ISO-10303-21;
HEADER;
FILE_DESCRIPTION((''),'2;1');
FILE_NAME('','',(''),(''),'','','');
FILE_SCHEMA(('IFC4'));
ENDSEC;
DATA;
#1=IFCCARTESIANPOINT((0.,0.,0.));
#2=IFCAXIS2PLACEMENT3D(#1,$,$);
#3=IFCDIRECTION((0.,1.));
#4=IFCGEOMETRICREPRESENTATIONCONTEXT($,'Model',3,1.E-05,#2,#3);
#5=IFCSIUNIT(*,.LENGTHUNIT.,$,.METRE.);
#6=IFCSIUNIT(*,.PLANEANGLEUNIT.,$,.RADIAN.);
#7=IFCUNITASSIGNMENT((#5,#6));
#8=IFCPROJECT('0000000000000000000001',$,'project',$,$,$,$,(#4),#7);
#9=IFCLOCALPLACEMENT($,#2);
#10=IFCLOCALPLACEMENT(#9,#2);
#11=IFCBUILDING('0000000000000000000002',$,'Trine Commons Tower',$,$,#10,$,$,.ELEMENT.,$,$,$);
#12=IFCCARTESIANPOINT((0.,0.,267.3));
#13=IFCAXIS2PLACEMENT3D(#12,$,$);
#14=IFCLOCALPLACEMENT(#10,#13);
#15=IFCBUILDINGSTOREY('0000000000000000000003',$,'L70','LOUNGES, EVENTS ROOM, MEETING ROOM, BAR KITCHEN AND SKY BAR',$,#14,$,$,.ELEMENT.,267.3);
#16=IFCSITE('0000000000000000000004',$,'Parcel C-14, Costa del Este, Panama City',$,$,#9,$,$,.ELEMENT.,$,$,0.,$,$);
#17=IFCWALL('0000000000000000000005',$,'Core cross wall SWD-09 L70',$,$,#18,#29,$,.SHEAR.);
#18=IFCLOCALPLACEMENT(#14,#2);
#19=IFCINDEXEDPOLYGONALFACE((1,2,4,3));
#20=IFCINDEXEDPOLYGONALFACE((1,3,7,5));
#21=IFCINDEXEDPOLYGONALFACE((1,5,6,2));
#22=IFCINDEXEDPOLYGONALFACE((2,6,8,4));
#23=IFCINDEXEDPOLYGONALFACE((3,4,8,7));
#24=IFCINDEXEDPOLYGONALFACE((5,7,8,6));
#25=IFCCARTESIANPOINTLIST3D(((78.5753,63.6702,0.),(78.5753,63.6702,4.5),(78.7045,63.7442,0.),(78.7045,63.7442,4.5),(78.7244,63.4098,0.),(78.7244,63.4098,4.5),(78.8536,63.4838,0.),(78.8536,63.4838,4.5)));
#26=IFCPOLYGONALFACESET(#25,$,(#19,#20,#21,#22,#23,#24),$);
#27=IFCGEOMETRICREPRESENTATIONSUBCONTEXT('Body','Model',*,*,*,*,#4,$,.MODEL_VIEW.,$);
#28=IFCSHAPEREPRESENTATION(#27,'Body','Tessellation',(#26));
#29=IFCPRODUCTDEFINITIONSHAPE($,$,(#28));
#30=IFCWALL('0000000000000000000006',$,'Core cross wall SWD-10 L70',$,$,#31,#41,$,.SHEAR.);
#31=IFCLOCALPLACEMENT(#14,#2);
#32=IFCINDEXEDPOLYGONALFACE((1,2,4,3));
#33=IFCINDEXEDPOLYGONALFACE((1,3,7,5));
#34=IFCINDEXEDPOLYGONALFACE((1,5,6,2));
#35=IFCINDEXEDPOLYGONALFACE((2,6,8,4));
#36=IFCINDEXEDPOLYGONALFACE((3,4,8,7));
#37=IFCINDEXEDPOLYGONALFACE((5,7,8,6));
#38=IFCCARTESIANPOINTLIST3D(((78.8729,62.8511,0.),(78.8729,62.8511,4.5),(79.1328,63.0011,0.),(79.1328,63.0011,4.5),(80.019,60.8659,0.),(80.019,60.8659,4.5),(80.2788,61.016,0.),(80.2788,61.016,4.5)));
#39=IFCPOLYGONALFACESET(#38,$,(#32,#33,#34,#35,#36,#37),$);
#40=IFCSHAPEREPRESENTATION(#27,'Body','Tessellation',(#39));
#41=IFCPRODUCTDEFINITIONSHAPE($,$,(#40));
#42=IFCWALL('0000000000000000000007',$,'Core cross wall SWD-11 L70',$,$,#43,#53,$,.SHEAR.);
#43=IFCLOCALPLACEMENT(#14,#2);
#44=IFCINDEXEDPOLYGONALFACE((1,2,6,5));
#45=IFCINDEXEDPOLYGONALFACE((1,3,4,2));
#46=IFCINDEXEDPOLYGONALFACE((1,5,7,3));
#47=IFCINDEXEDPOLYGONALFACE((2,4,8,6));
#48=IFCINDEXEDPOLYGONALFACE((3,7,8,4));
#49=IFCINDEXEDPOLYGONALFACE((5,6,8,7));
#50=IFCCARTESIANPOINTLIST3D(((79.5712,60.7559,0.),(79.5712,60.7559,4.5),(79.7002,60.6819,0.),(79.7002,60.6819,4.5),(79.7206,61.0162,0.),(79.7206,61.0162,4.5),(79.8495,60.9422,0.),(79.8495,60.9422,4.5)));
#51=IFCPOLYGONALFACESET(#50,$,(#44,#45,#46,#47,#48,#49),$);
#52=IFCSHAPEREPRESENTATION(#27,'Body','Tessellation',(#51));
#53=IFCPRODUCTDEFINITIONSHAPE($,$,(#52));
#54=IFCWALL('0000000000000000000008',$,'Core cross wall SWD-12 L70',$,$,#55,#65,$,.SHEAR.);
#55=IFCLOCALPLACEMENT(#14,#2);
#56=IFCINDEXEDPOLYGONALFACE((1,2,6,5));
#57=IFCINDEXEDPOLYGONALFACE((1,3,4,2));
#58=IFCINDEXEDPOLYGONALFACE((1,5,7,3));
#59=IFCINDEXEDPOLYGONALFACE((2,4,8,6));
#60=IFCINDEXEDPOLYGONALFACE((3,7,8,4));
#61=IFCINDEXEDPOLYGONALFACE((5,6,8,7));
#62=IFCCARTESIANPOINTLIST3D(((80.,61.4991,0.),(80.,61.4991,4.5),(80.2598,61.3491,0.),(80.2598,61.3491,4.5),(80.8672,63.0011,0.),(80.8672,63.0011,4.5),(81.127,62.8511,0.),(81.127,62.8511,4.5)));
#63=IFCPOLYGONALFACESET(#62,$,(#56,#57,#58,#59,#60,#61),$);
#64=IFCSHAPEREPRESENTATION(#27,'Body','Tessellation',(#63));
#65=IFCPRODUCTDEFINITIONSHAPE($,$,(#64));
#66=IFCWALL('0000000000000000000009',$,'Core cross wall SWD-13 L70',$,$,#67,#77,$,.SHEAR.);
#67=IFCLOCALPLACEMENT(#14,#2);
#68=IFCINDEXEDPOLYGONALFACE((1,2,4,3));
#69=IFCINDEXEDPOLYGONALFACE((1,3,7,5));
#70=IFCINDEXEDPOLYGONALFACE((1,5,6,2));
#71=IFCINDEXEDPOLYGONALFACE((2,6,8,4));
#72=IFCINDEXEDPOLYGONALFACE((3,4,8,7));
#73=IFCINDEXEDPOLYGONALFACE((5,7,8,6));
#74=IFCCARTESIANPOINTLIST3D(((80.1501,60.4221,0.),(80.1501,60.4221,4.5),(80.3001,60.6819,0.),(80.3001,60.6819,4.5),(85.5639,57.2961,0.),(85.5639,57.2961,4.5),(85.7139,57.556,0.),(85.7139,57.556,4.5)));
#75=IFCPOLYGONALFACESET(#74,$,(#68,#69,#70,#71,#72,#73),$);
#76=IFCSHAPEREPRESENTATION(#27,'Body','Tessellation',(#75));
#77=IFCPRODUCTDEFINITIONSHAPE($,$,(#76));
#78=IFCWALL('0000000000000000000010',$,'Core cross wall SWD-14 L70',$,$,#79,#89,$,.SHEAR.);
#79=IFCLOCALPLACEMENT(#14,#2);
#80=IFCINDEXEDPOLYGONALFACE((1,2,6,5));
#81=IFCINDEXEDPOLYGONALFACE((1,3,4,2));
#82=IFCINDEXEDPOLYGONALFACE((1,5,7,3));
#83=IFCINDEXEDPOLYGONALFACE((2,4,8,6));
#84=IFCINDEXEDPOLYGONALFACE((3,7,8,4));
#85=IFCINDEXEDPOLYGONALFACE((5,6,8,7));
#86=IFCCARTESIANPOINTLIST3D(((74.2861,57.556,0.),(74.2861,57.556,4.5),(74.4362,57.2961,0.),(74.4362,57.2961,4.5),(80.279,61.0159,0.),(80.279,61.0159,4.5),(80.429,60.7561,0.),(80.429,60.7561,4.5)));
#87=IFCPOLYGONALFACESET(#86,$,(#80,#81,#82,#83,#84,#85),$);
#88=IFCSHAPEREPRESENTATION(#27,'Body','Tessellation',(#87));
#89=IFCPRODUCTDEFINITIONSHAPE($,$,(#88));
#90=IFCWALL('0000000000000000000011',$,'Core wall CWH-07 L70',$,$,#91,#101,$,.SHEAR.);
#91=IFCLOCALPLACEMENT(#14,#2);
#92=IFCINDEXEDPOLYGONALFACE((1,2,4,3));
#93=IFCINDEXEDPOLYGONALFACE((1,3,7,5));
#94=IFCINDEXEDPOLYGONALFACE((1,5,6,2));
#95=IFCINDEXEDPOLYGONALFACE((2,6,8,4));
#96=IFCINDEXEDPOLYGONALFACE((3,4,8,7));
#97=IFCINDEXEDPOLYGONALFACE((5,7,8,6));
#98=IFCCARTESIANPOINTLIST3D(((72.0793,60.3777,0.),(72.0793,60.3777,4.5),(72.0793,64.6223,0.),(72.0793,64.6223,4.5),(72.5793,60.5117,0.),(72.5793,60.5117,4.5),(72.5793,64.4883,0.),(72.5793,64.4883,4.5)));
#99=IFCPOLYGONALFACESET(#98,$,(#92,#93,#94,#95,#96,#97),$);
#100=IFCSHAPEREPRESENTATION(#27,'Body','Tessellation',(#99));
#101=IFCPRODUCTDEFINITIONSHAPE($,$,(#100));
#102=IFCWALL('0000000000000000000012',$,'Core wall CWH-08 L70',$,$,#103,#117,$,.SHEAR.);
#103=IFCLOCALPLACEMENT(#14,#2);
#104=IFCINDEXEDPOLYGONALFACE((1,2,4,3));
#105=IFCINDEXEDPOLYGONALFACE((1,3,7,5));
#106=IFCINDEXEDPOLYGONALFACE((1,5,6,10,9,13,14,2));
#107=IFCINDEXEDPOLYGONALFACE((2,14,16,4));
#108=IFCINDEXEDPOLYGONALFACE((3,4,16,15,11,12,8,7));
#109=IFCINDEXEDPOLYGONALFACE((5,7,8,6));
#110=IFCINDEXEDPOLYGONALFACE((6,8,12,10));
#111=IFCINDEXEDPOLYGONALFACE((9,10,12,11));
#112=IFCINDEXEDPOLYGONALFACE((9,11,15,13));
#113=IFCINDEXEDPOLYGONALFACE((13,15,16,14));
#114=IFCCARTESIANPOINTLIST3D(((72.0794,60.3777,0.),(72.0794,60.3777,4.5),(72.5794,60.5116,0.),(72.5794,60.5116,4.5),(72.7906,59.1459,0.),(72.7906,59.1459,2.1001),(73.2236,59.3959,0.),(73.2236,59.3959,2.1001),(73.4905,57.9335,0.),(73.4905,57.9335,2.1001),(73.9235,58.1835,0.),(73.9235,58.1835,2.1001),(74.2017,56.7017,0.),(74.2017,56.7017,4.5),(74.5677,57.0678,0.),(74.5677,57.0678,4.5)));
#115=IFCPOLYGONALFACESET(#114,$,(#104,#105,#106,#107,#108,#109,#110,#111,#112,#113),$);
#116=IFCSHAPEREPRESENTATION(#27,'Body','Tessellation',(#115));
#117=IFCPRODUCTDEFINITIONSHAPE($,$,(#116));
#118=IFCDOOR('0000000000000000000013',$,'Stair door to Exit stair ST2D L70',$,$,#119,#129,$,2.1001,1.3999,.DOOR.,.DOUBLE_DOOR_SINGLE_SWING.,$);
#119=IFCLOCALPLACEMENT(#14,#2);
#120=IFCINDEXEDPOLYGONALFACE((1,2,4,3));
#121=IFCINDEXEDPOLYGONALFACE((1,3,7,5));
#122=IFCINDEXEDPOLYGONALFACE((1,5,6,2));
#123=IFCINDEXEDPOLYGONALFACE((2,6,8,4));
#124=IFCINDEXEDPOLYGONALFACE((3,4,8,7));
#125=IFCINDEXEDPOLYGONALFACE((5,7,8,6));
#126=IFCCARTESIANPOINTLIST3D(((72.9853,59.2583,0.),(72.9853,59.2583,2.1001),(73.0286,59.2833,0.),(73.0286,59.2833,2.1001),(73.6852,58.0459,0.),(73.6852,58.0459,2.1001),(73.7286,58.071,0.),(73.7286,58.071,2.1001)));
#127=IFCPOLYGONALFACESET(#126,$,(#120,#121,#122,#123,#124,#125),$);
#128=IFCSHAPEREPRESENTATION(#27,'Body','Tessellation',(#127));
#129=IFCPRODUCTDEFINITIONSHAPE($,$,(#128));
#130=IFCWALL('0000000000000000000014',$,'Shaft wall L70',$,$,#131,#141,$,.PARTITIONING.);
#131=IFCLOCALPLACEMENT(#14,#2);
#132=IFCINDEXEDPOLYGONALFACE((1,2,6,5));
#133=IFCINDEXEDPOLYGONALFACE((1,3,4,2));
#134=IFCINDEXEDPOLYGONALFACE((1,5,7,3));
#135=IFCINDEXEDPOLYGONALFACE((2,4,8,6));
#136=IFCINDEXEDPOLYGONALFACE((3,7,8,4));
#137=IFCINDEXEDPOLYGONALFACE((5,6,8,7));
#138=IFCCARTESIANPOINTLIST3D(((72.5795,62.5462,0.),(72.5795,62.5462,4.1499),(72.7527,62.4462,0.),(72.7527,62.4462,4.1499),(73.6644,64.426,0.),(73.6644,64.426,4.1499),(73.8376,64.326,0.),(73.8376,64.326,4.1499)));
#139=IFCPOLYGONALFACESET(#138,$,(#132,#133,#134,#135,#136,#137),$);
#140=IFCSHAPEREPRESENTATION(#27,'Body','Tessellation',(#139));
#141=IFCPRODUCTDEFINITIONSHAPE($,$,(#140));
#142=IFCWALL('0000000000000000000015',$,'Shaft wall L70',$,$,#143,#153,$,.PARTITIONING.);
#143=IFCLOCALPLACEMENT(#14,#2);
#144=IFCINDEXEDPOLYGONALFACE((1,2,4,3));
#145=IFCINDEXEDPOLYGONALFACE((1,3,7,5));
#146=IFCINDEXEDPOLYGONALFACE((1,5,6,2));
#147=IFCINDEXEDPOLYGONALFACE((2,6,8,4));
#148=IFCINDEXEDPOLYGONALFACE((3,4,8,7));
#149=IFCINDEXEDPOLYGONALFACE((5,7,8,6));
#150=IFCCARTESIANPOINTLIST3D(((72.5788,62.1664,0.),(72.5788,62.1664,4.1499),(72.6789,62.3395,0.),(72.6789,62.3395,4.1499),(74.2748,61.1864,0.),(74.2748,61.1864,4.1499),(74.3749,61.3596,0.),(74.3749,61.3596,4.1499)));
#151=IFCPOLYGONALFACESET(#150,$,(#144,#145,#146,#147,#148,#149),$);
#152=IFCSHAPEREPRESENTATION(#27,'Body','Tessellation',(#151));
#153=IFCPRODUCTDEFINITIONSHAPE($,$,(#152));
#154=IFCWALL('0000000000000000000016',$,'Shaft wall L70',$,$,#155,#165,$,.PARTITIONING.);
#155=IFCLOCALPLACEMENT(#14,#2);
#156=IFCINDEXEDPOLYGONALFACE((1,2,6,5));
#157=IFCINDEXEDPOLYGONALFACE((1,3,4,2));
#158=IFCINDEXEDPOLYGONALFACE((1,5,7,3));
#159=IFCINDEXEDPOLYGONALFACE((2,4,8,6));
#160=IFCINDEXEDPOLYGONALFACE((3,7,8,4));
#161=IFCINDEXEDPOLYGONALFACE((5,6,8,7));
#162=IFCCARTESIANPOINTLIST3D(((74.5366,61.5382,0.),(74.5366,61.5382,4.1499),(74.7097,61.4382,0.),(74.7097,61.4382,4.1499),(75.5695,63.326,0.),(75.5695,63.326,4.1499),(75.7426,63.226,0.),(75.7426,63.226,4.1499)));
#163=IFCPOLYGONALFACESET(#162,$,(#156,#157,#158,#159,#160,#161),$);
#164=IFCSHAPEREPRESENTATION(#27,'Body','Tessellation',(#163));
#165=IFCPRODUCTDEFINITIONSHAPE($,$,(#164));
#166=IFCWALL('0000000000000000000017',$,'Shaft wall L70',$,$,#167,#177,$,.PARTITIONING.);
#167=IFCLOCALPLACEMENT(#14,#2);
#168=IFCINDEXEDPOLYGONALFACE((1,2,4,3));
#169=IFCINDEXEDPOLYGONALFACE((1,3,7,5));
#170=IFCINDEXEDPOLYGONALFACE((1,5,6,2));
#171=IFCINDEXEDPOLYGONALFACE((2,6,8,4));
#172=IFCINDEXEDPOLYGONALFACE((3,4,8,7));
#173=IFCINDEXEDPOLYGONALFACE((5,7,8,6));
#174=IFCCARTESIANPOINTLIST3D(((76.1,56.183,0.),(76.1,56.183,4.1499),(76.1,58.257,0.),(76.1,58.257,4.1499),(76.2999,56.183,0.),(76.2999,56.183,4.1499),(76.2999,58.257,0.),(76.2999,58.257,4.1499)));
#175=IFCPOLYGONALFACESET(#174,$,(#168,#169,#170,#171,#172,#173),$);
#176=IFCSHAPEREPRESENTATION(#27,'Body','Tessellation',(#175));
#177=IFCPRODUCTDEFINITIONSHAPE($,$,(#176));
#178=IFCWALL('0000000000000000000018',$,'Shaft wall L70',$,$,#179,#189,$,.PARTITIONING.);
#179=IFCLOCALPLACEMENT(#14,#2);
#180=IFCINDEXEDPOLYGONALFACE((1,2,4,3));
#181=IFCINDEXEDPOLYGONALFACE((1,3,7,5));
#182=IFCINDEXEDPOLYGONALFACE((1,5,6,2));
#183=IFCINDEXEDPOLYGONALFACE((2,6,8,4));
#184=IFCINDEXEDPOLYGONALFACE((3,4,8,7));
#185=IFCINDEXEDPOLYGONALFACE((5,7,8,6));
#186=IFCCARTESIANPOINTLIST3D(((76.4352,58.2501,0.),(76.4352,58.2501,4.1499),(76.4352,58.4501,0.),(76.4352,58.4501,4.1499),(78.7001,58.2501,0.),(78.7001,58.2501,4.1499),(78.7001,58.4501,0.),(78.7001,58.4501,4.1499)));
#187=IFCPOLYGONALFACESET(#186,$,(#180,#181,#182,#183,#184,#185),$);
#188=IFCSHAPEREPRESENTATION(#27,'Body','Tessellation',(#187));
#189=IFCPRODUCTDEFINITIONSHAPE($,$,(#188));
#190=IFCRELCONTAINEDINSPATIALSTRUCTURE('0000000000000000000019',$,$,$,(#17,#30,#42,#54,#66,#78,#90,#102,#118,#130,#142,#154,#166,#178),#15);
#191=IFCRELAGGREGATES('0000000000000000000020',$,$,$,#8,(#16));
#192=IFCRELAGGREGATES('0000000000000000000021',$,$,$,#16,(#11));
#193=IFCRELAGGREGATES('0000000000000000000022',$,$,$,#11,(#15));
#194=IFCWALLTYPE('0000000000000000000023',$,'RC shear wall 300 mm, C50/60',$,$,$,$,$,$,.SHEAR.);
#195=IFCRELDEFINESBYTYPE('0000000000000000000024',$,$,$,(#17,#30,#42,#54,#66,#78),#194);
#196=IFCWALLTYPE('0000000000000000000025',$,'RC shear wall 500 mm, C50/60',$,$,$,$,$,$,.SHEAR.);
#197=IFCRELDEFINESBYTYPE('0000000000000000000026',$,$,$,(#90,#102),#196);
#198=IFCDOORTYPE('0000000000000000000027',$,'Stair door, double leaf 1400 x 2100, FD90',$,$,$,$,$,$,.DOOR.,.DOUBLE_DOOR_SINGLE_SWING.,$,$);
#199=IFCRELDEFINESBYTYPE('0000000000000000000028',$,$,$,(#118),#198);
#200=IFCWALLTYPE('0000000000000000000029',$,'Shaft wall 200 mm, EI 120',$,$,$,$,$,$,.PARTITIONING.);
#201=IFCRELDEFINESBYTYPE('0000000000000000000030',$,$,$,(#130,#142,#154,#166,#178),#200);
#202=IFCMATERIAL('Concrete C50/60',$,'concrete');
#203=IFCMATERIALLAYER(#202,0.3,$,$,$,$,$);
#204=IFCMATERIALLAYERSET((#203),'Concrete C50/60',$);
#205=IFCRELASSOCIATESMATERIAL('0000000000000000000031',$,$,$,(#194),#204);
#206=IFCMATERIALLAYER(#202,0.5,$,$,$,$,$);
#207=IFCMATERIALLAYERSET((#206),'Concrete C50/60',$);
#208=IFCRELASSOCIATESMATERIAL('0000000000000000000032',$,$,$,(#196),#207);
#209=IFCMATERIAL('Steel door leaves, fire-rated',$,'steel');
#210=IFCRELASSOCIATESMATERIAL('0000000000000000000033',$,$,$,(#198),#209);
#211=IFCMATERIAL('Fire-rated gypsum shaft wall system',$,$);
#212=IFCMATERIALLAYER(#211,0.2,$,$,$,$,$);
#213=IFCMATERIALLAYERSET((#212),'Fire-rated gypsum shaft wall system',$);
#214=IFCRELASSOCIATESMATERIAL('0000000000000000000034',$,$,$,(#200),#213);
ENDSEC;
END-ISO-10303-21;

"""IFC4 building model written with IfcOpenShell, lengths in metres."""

from ifc_helpers import new_model, si_unit, direction, frame, frame_2d, origin, place, context, subcontext, project, spatial, polyline, rectangle, outline, extrude, material, layer, layer_set, type_object, element, fill, save


model = new_model("IFC4")

# Units and contexts
model_context = context("Model", 3, precision=1e-05, world=origin(), true_north=direction((0.0, 1.0)))
body_context = subcontext(model_context, "Body", "Model", "MODEL_VIEW")
ifc_project = project(units=[si_unit("LENGTHUNIT", "METRE"), si_unit("PLANEANGLEUNIT", "RADIAN")], contexts=[model_context])

# Site, building, storey
site_placement = place(None, origin())
site = spatial("IfcSite", under=ifc_project, at=site_placement, Name="Parcel C-14, Costa del Este, Panama City", CompositionType="ELEMENT", RefElevation=0.0)
building_placement = place(site_placement, origin())
building = spatial("IfcBuilding", under=site, at=building_placement, Name="Trine Commons Tower", CompositionType="ELEMENT")
storey_placement = place(building_placement, frame((0.0, 0.0, 267.3)))
storey = spatial("IfcBuildingStorey", under=building, at=storey_placement, Name="L70", Description="LOUNGES, EVENTS ROOM, MEETING ROOM, BAR KITCHEN AND SKY BAR", CompositionType="ELEMENT", Elevation=267.3)

# Shared definitions
ifc_material_1 = material(Name="Fire-rated gypsum shaft wall system")
ifc_material_2 = material(Name="Concrete C50/60", Category="concrete")
ifc_layer_1 = layer(ifc_material_2, 0.3)
ifc_layer_set_1 = layer_set([ifc_layer_1], Name="Concrete C50/60")
wall_type_1 = type_object("IfcWallType", Name="RC shear wall 300 mm, C50/60", PredefinedType="SHEAR", material=ifc_layer_set_1)

# Walls
wall_1_placement = place(storey_placement, frame((78.7791, 63.614, 0.0), z_axis=(0.0, 0.0, 1.0), x_axis=(-0.867738, -0.497022, 0.0)))
element("IfcWall", 1, at=wall_1_placement, inside=storey, type_object=wall_type_1, Name="Core cross wall SWD-09 L70", PredefinedType="SHEAR", context=body_context, shape_type="SweptSolid", body=[
    extrude(rectangle(XDim=0.1489, YDim=0.3, at=frame_2d((0.0745, 0.0))), origin(), (0.0, 0.0, 1.0), 4.5),
])
wall_2_placement = place(storey_placement, frame((79.0029, 62.926, 0.0), z_axis=(0.0, 0.0, 1.0), x_axis=(0.499965, -0.866045, 0.0)))
element("IfcWall", 2, at=wall_2_placement, inside=storey, type_object=wall_type_1, Name="Core cross wall SWD-10 L70", PredefinedType="SHEAR", context=body_context, shape_type="SweptSolid", body=[
    extrude(rectangle(XDim=2.2922, YDim=0.3, at=frame_2d((1.146, 0.0))), origin(), (0.0, 0.0, 1.0), 4.5),
])
wall_3_placement = place(storey_placement, frame((79.646, 60.886, 0.0), z_axis=(0.0, 0.0, 1.0), x_axis=(0.867332, -0.49773, 0.0)))
element("IfcWall", 3, at=wall_3_placement, inside=storey, type_object=wall_type_1, Name="Core cross wall SWD-11 L70", PredefinedType="SHEAR", context=body_context, shape_type="SweptSolid", body=[
    extrude(rectangle(XDim=0.1487, YDim=0.3, at=frame_2d((0.0742, 0.0))), origin(), (0.0, 0.0, 1.0), 4.5),
])
wall_4_placement = place(storey_placement, frame((80.1299, 61.4241, 0.0), z_axis=(0.0, 0.0, 1.0), x_axis=(0.500015, 0.866017, 0.0)))
element("IfcWall", 4, at=wall_4_placement, inside=storey, type_object=wall_type_1, Name="Core cross wall SWD-12 L70", PredefinedType="SHEAR", context=body_context, shape_type="SweptSolid", body=[
    extrude(rectangle(XDim=1.7344, YDim=0.3, at=frame_2d((0.8672, 0.0))), origin(), (0.0, 0.0, 1.0), 4.5),
])
wall_5_placement = place(storey_placement, frame((80.2251, 60.552, 0.0), z_axis=(0.0, 0.0, 1.0), x_axis=(0.866004, -0.500037, 0.0)))
element("IfcWall", 5, at=wall_5_placement, inside=storey, type_object=wall_type_1, Name="Core cross wall SWD-13 L70", PredefinedType="SHEAR", context=body_context, shape_type="SweptSolid", body=[
    extrude(rectangle(XDim=6.2515, YDim=0.3, at=frame_2d((3.1257, 0.0))), origin(), (0.0, 0.0, 1.0), 4.5),
])
wall_6_placement = place(storey_placement, frame((80.354, 60.886, 0.0), z_axis=(0.0, 0.0, 1.0), x_axis=(-0.866029, -0.499994, 0.0)))
element("IfcWall", 6, at=wall_6_placement, inside=storey, type_object=wall_type_1, Name="Core cross wall SWD-14 L70", PredefinedType="SHEAR", context=body_context, shape_type="SweptSolid", body=[
    extrude(rectangle(XDim=6.9199, YDim=0.3, at=frame_2d((3.46, 0.0))), origin(), (0.0, 0.0, 1.0), 4.5),
])
ifc_layer_2 = layer(ifc_material_2, 0.5)
ifc_layer_set_2 = layer_set([ifc_layer_2], Name="Concrete C50/60")
wall_type_2 = type_object("IfcWallType", Name="RC shear wall 500 mm, C50/60", PredefinedType="SHEAR", material=ifc_layer_set_2)
wall_7_placement = place(storey_placement, frame((72.3293, 64.6223, 0.0), z_axis=(0.0, 0.0, 1.0), x_axis=(0.0, -1.0, 0.0)))
element("IfcWall", 7, at=wall_7_placement, inside=storey, type_object=wall_type_2, Name="Core wall CWH-07 L70", PredefinedType="SHEAR", context=body_context, shape_type="SweptSolid", body=[
    extrude(outline(polyline([(0.0, -0.25), (4.2446, -0.25), (4.1106, 0.25), (0.134, 0.25), (0.0, -0.25)])), origin(), (0.0, 0.0, 1.0), 4.5),
])

# Wall, opening, door
wall_8_placement = place(storey_placement, frame((72.2959, 60.5027, 0.0), z_axis=(0.0, 0.0, 1.0), x_axis=(0.499993, -0.866029, 0.0)))
wall_8 = element("IfcWall", 8, at=wall_8_placement, inside=storey, type_object=wall_type_2, Name="Core wall CWH-08 L70", PredefinedType="SHEAR", context=body_context, shape_type="SweptSolid", body=[
    extrude(outline(polyline([(0.0, -0.25), (4.2446, -0.25), (4.1106, 0.25), (0.134, 0.25), (0.0, -0.25)])), origin(), (0.0, 0.0, 1.0), 4.5),
])
opening_1_placement = place(wall_8_placement, frame((1.4224, 0.0, 0.0)))
opening_1 = element("IfcOpeningElement", 9, at=opening_1_placement, cuts=wall_8, PredefinedType="OPENING", context=body_context, shape_type="SweptSolid", body=[
    extrude(rectangle(XDim=1.3999, YDim=2.1001, at=frame_2d((0.7, 1.05))), frame((0.0, 0.26, 0.0), z_axis=(0.0, -1.0, 0.0), x_axis=(1.0, 0.0, 0.0)), (0.0, 0.0, 1.0), 0.52),
])
ifc_material_3 = material(Name="Steel door leaves, fire-rated", Category="steel")
door_type_1 = type_object("IfcDoorType", Name="Stair door, double leaf 1400 x 2100, FD90", OperationType="DOUBLE_DOOR_SINGLE_SWING", PredefinedType="DOOR", material=ifc_material_3)
door_1_placement = place(opening_1_placement, origin())
door_1 = element("IfcDoor", 10, at=door_1_placement, inside=storey, type_object=door_type_1, Name="Stair door to Exit stair ST2D L70", OperationType="DOUBLE_DOOR_SINGLE_SWING", OverallHeight=2.1001, OverallWidth=1.3999, PredefinedType="DOOR", context=body_context, shape_type="SweptSolid", body=[
    extrude(rectangle(XDim=1.3999, YDim=2.1001, at=frame_2d((0.7, 1.05))), frame((0.0, 0.0249, 0.0), z_axis=(0.0, -1.0, 0.0), x_axis=(1.0, 0.0, 0.0)), (0.0, 0.0, 1.0), 0.05),
])
fill(opening_1, door_1)

# Walls
ifc_layer_3 = layer(ifc_material_1, 0.2)
ifc_layer_set_3 = layer_set([ifc_layer_3], Name="Fire-rated gypsum shaft wall system")
wall_type_3 = type_object("IfcWallType", Name="Shaft wall 200 mm, EI 120", PredefinedType="PARTITIONING", material=ifc_layer_set_3)
wall_9_placement = place(storey_placement, frame((73.751, 64.376, 0.0), z_axis=(0.0, 0.0, 1.0), x_axis=(-0.499865, -0.866103, 0.0)))
element("IfcWall", 11, at=wall_9_placement, inside=storey, type_object=wall_type_3, Name="Shaft wall L70", PredefinedType="PARTITIONING", context=body_context, shape_type="SweptSolid", body=[
    extrude(rectangle(XDim=2.1704, YDim=0.2, at=frame_2d((1.0852, 0.0))), origin(), (0.0, 0.0, 1.0), 4.1499),
])
wall_10_placement = place(storey_placement, frame((74.325, 61.2729, 0.0), z_axis=(0.0, 0.0, 1.0), x_axis=(-0.865855, 0.500294, 0.0)))
element("IfcWall", 12, at=wall_10_placement, inside=storey, type_object=wall_type_3, Name="Shaft wall L70", PredefinedType="PARTITIONING", context=body_context, shape_type="SweptSolid", body=[
    extrude(rectangle(XDim=1.9587, YDim=0.2, at=frame_2d((0.9795, 0.0))), origin(), (0.0, 0.0, 1.0), 4.1499),
])
wall_11_placement = place(storey_placement, frame((75.656, 63.2759, 0.0), z_axis=(0.0, 0.0, 1.0), x_axis=(-0.500272, -0.865868, 0.0)))
element("IfcWall", 13, at=wall_11_placement, inside=storey, type_object=wall_type_3, Name="Shaft wall L70", PredefinedType="PARTITIONING", context=body_context, shape_type="SweptSolid", body=[
    extrude(rectangle(XDim=2.0647, YDim=0.2, at=frame_2d((1.0322, 0.0))), origin(), (0.0, 0.0, 1.0), 4.1499),
])
wall_12_placement = place(storey_placement, frame((76.2, 58.2571, 0.0), z_axis=(0.0, 0.0, 1.0), x_axis=(0.0, -1.0, 0.0)))
element("IfcWall", 14, at=wall_12_placement, inside=storey, type_object=wall_type_3, Name="Shaft wall L70", PredefinedType="PARTITIONING", context=body_context, shape_type="SweptSolid", body=[
    extrude(rectangle(XDim=2.074, YDim=0.2, at=frame_2d((1.0371, 0.0))), origin(), (0.0, 0.0, 1.0), 4.1499),
])
wall_13_placement = place(storey_placement, frame((78.7, 58.3501, 0.0), z_axis=(0.0, 0.0, 1.0), x_axis=(-1.0, 0.0, 0.0)))
element("IfcWall", 15, at=wall_13_placement, inside=storey, type_object=wall_type_3, Name="Shaft wall L70", PredefinedType="PARTITIONING", context=body_context, shape_type="SweptSolid", body=[
    extrude(rectangle(XDim=2.2649, YDim=0.2, at=frame_2d((1.1323, 0.0))), origin(), (0.0, 0.0, 1.0), 4.1499),
])

save(model, "model.ifc")
